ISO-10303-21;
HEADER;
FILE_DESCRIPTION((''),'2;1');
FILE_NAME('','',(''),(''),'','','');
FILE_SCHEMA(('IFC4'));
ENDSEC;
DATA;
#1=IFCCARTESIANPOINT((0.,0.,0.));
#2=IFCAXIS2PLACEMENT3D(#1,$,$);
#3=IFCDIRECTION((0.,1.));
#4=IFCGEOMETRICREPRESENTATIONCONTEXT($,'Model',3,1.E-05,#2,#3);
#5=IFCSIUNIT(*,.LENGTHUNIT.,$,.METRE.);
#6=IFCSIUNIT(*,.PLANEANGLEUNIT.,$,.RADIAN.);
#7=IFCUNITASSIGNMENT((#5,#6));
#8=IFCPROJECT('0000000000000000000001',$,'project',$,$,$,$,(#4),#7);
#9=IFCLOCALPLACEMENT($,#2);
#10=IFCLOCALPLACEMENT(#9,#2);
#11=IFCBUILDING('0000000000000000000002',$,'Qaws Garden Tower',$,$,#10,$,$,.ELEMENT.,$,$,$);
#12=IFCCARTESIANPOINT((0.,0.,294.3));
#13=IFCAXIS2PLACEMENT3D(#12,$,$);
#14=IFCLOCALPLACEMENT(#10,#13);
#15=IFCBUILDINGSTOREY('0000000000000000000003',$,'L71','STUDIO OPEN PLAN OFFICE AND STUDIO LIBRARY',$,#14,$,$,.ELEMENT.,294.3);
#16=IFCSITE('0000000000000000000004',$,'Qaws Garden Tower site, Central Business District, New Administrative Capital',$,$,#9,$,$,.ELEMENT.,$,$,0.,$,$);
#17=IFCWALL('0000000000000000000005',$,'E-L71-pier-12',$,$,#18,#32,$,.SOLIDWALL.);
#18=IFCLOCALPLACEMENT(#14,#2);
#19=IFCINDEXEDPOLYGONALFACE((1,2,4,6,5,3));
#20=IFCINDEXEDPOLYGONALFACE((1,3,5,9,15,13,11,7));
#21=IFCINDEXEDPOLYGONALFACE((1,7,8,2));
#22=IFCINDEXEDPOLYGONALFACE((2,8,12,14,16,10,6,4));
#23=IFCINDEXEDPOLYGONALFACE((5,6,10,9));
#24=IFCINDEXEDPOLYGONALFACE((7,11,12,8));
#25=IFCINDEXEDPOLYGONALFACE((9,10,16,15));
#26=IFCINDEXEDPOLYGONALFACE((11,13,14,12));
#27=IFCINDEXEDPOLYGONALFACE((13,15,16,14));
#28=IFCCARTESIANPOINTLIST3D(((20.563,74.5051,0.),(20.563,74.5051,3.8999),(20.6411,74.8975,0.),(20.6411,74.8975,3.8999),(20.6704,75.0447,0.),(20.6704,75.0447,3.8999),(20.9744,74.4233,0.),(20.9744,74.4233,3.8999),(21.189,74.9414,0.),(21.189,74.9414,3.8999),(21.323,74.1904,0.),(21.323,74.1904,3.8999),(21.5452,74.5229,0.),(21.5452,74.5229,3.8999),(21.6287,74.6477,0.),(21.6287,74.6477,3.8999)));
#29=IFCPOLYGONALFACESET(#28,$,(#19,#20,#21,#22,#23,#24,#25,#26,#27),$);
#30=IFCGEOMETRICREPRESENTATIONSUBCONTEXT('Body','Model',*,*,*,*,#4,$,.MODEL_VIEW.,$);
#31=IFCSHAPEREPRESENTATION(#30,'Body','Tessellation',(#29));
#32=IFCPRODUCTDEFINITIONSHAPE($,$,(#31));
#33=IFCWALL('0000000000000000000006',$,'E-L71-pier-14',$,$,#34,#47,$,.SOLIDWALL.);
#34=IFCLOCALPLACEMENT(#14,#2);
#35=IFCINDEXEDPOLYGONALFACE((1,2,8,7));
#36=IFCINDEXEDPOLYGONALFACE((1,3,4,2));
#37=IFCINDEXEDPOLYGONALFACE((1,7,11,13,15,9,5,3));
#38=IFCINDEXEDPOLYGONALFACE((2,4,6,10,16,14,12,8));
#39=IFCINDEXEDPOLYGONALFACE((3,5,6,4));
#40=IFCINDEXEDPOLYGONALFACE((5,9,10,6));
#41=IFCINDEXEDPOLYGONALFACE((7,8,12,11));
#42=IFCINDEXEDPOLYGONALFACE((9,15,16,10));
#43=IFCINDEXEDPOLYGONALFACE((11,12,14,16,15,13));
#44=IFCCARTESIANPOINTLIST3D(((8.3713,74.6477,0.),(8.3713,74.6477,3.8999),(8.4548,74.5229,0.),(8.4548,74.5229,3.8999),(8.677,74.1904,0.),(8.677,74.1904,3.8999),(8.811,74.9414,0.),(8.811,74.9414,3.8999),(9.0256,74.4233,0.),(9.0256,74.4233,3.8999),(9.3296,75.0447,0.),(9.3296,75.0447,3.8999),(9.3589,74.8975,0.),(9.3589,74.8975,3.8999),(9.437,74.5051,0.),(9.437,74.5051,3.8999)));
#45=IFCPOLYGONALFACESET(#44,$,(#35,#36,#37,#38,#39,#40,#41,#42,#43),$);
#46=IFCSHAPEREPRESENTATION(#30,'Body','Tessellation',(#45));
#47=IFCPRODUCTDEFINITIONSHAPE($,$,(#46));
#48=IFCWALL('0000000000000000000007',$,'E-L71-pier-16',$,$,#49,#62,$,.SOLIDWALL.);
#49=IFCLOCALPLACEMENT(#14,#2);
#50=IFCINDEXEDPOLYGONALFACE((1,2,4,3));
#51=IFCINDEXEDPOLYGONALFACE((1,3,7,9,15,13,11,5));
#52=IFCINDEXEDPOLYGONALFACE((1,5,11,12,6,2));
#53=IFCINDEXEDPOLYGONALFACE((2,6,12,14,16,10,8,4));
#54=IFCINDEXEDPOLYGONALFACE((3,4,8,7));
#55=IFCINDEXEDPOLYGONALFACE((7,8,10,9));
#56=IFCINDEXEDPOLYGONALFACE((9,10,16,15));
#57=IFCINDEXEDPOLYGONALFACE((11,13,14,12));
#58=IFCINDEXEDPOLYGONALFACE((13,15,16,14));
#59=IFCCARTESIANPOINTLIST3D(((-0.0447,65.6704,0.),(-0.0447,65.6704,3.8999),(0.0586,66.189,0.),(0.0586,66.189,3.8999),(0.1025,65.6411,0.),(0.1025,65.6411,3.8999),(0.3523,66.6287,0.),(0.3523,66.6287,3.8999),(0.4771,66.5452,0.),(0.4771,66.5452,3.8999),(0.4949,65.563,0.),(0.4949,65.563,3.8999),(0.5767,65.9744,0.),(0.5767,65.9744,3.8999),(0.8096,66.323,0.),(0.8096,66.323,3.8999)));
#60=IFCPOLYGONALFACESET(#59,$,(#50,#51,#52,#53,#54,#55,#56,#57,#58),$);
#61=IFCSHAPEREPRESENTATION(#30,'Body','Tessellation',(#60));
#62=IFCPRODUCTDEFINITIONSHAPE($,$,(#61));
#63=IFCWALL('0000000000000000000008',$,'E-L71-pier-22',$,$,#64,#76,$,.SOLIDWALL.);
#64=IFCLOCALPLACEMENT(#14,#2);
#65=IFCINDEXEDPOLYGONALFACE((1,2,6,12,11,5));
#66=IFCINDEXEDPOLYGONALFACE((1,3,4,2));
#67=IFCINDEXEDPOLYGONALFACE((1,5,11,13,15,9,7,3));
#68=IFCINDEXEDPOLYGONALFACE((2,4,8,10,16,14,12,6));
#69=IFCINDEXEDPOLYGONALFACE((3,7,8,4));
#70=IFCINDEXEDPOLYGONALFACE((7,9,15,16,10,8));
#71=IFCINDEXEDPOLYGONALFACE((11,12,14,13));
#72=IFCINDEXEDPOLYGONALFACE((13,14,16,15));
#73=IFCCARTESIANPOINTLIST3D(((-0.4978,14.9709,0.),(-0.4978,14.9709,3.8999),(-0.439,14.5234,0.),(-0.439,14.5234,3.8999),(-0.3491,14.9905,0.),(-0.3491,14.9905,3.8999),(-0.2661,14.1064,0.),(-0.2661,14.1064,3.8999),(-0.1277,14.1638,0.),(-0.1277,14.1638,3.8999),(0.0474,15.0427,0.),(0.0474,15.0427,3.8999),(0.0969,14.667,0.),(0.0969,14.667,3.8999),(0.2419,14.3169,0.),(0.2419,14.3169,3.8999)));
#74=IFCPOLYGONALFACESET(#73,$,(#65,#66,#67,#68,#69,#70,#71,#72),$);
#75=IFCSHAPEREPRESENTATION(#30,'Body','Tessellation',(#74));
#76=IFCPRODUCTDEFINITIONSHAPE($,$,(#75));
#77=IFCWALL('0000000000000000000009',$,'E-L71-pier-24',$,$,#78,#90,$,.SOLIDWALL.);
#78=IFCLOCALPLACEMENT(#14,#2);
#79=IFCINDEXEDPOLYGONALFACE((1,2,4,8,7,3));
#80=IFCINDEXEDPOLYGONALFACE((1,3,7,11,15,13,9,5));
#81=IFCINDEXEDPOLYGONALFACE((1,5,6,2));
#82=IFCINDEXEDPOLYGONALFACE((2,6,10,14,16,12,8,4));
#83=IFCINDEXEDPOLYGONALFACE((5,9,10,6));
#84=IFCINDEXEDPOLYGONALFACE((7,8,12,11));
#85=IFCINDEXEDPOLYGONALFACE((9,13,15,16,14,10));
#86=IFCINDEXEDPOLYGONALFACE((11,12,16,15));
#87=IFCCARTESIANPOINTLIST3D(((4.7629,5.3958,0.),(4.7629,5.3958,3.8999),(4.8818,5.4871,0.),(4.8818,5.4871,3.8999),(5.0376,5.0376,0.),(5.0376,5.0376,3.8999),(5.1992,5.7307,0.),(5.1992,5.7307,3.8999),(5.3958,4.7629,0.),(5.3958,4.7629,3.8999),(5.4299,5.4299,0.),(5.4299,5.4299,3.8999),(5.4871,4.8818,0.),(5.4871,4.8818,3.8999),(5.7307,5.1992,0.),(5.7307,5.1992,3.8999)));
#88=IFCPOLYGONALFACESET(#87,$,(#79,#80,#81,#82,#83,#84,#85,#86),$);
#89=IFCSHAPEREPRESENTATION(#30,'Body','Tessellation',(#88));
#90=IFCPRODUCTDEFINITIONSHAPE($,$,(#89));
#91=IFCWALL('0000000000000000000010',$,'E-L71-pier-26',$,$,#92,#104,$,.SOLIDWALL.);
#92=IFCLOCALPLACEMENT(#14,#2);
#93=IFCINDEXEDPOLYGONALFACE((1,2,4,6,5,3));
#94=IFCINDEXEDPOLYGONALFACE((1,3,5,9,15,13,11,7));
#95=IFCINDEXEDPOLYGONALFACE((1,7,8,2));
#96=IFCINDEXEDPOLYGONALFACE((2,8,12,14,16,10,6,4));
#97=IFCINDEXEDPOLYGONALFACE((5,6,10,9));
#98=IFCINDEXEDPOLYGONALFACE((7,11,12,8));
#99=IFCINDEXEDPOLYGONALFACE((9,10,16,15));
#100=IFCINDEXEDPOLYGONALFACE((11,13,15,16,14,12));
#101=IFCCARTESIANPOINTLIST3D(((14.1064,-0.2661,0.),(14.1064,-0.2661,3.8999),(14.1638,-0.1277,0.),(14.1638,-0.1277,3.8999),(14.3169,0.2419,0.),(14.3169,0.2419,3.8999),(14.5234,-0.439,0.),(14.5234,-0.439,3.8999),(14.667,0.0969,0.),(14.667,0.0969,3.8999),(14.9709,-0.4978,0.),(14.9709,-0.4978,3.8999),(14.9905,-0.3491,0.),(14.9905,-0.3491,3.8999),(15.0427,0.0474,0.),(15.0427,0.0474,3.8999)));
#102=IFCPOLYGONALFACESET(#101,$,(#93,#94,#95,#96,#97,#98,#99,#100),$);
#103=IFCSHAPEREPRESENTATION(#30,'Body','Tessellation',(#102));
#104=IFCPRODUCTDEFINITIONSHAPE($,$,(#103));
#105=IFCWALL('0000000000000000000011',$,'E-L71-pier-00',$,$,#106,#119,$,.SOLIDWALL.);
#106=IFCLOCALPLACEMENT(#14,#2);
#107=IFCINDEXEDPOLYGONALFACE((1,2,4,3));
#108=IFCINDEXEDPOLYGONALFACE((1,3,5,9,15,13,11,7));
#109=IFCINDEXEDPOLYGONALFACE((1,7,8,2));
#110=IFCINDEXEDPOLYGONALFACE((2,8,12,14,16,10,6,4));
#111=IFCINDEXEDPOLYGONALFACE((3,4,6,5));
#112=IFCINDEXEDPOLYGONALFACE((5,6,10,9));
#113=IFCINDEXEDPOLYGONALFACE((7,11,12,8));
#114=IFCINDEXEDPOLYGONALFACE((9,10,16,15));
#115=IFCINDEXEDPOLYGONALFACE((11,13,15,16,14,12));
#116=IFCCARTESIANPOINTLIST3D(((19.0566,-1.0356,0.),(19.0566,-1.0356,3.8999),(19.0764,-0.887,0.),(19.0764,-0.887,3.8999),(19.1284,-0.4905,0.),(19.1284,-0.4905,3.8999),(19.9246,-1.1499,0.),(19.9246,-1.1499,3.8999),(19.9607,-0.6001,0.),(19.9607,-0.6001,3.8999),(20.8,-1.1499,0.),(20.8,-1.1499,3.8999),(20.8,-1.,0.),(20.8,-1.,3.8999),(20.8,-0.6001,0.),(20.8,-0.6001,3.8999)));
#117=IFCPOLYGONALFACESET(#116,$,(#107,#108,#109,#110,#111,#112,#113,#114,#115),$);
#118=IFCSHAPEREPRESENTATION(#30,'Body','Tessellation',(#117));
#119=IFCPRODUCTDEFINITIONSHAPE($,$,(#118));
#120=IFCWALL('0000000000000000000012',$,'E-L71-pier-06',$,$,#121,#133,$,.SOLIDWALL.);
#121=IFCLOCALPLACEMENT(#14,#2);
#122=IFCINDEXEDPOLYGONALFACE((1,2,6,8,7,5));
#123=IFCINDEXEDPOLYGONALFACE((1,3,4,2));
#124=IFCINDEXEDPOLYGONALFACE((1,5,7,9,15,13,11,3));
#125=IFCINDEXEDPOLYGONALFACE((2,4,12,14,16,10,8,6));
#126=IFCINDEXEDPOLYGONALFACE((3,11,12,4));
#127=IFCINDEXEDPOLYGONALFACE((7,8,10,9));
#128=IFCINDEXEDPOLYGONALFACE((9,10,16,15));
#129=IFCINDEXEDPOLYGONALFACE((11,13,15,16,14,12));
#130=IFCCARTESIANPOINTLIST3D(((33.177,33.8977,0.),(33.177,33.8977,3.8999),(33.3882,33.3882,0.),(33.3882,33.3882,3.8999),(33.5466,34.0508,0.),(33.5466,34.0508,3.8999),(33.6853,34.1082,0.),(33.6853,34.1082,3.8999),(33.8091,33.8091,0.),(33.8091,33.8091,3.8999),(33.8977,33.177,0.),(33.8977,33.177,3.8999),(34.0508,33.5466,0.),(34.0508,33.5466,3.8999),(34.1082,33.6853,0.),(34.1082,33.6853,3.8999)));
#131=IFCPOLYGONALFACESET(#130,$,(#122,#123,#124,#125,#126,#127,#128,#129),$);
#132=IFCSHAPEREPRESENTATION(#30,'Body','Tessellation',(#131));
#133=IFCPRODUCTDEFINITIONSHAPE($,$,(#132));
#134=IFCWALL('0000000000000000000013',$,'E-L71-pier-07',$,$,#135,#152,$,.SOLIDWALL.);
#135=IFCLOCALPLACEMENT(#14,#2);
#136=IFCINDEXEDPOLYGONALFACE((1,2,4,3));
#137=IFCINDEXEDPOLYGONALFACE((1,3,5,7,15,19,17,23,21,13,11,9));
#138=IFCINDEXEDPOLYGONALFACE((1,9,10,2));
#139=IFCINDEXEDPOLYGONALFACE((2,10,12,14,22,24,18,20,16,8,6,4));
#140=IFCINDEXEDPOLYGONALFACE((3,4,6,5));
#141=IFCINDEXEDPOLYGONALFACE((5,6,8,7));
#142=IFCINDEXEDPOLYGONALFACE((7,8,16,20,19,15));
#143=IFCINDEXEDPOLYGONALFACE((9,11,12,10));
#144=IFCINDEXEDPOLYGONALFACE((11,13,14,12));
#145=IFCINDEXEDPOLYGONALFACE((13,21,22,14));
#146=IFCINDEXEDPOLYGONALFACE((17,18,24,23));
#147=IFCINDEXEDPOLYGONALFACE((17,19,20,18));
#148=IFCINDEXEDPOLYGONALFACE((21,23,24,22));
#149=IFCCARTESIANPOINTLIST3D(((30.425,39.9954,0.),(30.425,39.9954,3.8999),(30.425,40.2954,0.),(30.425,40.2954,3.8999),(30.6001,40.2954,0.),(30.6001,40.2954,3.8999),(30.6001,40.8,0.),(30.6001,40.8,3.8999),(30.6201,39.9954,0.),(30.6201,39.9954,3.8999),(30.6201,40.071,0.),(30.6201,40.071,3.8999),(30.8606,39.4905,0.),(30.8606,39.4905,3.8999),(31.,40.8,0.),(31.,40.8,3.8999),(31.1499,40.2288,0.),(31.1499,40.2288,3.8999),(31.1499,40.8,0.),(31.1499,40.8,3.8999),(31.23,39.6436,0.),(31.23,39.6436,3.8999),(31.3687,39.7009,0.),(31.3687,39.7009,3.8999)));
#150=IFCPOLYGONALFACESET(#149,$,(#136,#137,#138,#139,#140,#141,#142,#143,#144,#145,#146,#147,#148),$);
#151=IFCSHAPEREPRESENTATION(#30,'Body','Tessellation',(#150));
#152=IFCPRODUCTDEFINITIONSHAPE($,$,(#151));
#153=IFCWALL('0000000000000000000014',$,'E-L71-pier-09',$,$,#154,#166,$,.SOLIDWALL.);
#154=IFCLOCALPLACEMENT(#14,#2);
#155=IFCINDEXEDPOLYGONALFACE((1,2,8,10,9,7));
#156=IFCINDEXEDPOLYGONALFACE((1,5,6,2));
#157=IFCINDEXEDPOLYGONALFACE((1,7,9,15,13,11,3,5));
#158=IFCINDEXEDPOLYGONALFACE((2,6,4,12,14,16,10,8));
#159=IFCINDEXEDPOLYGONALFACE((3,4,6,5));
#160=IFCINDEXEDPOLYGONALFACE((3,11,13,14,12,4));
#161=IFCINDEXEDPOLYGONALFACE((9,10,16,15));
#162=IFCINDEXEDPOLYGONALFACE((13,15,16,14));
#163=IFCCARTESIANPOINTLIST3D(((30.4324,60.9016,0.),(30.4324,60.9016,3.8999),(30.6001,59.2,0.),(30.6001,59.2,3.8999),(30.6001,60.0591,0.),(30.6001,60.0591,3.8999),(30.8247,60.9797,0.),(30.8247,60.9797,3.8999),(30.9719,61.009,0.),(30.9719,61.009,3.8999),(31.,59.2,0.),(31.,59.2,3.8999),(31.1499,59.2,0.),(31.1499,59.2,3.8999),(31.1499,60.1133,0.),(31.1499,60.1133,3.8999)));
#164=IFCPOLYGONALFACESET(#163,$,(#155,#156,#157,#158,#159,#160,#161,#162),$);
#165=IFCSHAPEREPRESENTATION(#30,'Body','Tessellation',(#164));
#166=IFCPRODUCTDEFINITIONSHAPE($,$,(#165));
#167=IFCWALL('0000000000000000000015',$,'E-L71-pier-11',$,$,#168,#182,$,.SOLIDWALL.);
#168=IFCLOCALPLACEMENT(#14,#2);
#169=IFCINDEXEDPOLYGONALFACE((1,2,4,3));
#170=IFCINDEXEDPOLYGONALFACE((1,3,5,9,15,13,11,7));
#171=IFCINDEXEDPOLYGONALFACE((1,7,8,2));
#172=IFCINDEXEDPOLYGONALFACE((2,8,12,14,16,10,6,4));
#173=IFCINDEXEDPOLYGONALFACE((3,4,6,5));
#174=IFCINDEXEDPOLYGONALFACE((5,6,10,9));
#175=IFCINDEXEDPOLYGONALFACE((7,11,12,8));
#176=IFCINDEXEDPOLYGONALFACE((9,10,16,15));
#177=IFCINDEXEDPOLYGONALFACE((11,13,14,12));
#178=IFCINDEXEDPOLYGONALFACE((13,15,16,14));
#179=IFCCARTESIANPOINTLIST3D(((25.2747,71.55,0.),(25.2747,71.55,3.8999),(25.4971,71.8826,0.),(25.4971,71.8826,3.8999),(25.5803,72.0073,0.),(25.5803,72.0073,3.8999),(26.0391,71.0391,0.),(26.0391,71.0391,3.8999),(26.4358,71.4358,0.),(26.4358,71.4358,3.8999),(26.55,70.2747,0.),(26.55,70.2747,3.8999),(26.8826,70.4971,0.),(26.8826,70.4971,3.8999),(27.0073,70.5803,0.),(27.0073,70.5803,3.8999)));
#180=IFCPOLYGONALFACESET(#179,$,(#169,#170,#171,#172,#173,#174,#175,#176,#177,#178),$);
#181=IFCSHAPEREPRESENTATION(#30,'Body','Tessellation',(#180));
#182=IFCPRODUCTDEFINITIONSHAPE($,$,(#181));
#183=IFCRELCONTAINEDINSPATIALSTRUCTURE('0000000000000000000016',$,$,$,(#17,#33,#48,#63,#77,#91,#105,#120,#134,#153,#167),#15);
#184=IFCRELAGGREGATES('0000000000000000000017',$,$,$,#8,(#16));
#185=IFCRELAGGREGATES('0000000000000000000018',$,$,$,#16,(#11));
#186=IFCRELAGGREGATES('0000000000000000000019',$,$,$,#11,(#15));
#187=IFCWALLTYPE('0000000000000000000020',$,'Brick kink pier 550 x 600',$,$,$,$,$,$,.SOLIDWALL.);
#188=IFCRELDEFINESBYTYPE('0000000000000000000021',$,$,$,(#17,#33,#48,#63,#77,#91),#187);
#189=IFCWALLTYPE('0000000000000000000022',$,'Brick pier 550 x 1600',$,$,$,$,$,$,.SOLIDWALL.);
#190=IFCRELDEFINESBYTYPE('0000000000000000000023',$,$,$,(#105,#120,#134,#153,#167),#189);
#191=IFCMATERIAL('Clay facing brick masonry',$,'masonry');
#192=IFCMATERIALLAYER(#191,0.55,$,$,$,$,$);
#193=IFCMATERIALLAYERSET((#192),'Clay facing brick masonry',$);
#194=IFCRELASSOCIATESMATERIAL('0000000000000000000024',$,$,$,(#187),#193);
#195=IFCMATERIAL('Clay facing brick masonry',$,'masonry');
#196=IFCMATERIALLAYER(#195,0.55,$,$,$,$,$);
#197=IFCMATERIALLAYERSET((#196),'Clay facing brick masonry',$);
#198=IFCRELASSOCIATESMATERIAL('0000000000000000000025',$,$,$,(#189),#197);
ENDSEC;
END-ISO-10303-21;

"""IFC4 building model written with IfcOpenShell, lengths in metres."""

from ifc_helpers import new_model, si_unit, direction, frame, origin, place, context, subcontext, project, spatial, polyline, outline, extrude, material, layer, layer_set, type_object, element, save


model = new_model("IFC4")

# Units and contexts
model_context = context("Model", 3, precision=1e-05, world=origin(), true_north=direction((0.0, 1.0)))
body_context = subcontext(model_context, "Body", "Model", "MODEL_VIEW")
ifc_project = project(units=[si_unit("LENGTHUNIT", "METRE"), si_unit("PLANEANGLEUNIT", "RADIAN")], contexts=[model_context])

# Site, building, storey
site_placement = place(None, origin())
site = spatial("IfcSite", under=ifc_project, at=site_placement, Name="Qaws Garden Tower site, Central Business District, New Administrative Capital", CompositionType="ELEMENT", RefElevation=0.0)
building_placement = place(site_placement, origin())
building = spatial("IfcBuilding", under=site, at=building_placement, Name="Qaws Garden Tower", CompositionType="ELEMENT")
storey_placement = place(building_placement, frame((0.0, 0.0, 294.3)))
storey = spatial("IfcBuildingStorey", under=building, at=storey_placement, Name="L71", Description="STUDIO OPEN PLAN OFFICE AND STUDIO LIBRARY", CompositionType="ELEMENT", Elevation=294.3)

# Walls
placement = place(storey_placement, origin())
ifc_material_1 = material(Name="Clay facing brick masonry", Category="masonry")
ifc_layer_1 = layer(ifc_material_1, 0.55)
ifc_layer_set_1 = layer_set([ifc_layer_1], Name="Clay facing brick masonry")
wall_type_1 = type_object("IfcWallType", Name="Brick kink pier 550 x 600", PredefinedType="SOLIDWALL", material=ifc_layer_set_1)
element("IfcWall", 1, at=placement, inside=storey, type_object=wall_type_1, Name="E-L71-pier-12", PredefinedType="SOLIDWALL", context=body_context, shape_type="SweptSolid", body=[
    extrude(outline(polyline([(21.5452, 74.5229), (21.6287, 74.6477), (21.189, 74.9414), (20.6704, 75.0447), (20.6411, 74.8975), (20.563, 74.5051), (20.9744, 74.4233), (21.323, 74.1904), (21.5452, 74.5229)])), origin(), (0.0, 0.0, 1.0), 3.8999),
])
element("IfcWall", 2, at=placement, inside=storey, type_object=wall_type_1, Name="E-L71-pier-14", PredefinedType="SOLIDWALL", context=body_context, shape_type="SweptSolid", body=[
    extrude(outline(polyline([(9.3589, 74.8975), (9.3296, 75.0447), (8.811, 74.9414), (8.3713, 74.6477), (8.4548, 74.5229), (8.677, 74.1904), (9.0256, 74.4233), (9.437, 74.5051), (9.3589, 74.8975)])), origin(), (0.0, 0.0, 1.0), 3.8999),
])
element("IfcWall", 3, at=placement, inside=storey, type_object=wall_type_1, Name="E-L71-pier-16", PredefinedType="SOLIDWALL", context=body_context, shape_type="SweptSolid", body=[
    extrude(outline(polyline([(0.4771, 66.5452), (0.3523, 66.6287), (0.0586, 66.189), (-0.0447, 65.6704), (0.1025, 65.6411), (0.4949, 65.563), (0.5767, 65.9744), (0.8096, 66.323), (0.4771, 66.5452)])), origin(), (0.0, 0.0, 1.0), 3.8999),
])
element("IfcWall", 4, at=placement, inside=storey, type_object=wall_type_1, Name="E-L71-pier-22", PredefinedType="SOLIDWALL", context=body_context, shape_type="SweptSolid", body=[
    extrude(outline(polyline([(-0.3491, 14.9905), (-0.4978, 14.9709), (-0.439, 14.5234), (-0.2661, 14.1064), (-0.1277, 14.1638), (0.2419, 14.3169), (0.0969, 14.667), (0.0474, 15.0427), (-0.3491, 14.9905)])), origin(), (0.0, 0.0, 1.0), 3.8999),
])
element("IfcWall", 5, at=placement, inside=storey, type_object=wall_type_1, Name="E-L71-pier-24", PredefinedType="SOLIDWALL", context=body_context, shape_type="SweptSolid", body=[
    extrude(outline(polyline([(4.8818, 5.4871), (4.7629, 5.3958), (5.0376, 5.0376), (5.3958, 4.7629), (5.4871, 4.8818), (5.7307, 5.1992), (5.4299, 5.4299), (5.1992, 5.7307), (4.8818, 5.4871)])), origin(), (0.0, 0.0, 1.0), 3.8999),
])
element("IfcWall", 6, at=placement, inside=storey, type_object=wall_type_1, Name="E-L71-pier-26", PredefinedType="SOLIDWALL", context=body_context, shape_type="SweptSolid", body=[
    extrude(outline(polyline([(14.1638, -0.1277), (14.1064, -0.2661), (14.5234, -0.439), (14.9709, -0.4978), (14.9905, -0.3491), (15.0427, 0.0474), (14.667, 0.0969), (14.3169, 0.2419), (14.1638, -0.1277)])), origin(), (0.0, 0.0, 1.0), 3.8999),
])
ifc_material_2 = material(Name="Clay facing brick masonry", Category="masonry")
ifc_layer_2 = layer(ifc_material_2, 0.55)
ifc_layer_set_2 = layer_set([ifc_layer_2], Name="Clay facing brick masonry")
wall_type_2 = type_object("IfcWallType", Name="Brick pier 550 x 1600", PredefinedType="SOLIDWALL", material=ifc_layer_set_2)
element("IfcWall", 7, at=placement, inside=storey, type_object=wall_type_2, Name="E-L71-pier-00", PredefinedType="SOLIDWALL", context=body_context, shape_type="SweptSolid", body=[
    extrude(outline(polyline([(19.0764, -0.887), (19.0566, -1.0356), (19.9246, -1.1499), (20.8, -1.1499), (20.8, -1.0), (20.8, -0.6001), (19.9607, -0.6001), (19.1284, -0.4905), (19.0764, -0.887)])), origin(), (0.0, 0.0, 1.0), 3.8999),
])
element("IfcWall", 8, at=placement, inside=storey, type_object=wall_type_2, Name="E-L71-pier-06", PredefinedType="SOLIDWALL", context=body_context, shape_type="SweptSolid", body=[
    extrude(outline(polyline([(34.0508, 33.5466), (34.1082, 33.6853), (33.8091, 33.8091), (33.6853, 34.1082), (33.5466, 34.0508), (33.177, 33.8977), (33.3882, 33.3882), (33.8977, 33.177), (34.0508, 33.5466)])), origin(), (0.0, 0.0, 1.0), 3.8999),
])
element("IfcWall", 9, at=placement, inside=storey, type_object=wall_type_2, Name="E-L71-pier-07", PredefinedType="SOLIDWALL", context=body_context, shape_type="SweptSolid", body=[
    extrude(outline(polyline([(30.6201, 39.9954), (30.6201, 40.071), (30.8606, 39.4905), (31.23, 39.6436), (31.3687, 39.7009), (31.1499, 40.2288), (31.1499, 40.8), (31.0, 40.8), (30.6001, 40.8), (30.6001, 40.2954), (30.425, 40.2954), (30.425, 39.9954), (30.6201, 39.9954)])), origin(), (0.0, 0.0, 1.0), 3.8999),
])
element("IfcWall", 10, at=placement, inside=storey, type_object=wall_type_2, Name="E-L71-pier-09", PredefinedType="SOLIDWALL", context=body_context, shape_type="SweptSolid", body=[
    extrude(outline(polyline([(31.0, 59.2), (31.1499, 59.2), (31.1499, 60.1133), (30.9719, 61.009), (30.8247, 60.9797), (30.4324, 60.9016), (30.6001, 60.0591), (30.6001, 59.2), (31.0, 59.2)])), origin(), (0.0, 0.0, 1.0), 3.8999),
])
element("IfcWall", 11, at=placement, inside=storey, type_object=wall_type_2, Name="E-L71-pier-11", PredefinedType="SOLIDWALL", context=body_context, shape_type="SweptSolid", body=[
    extrude(outline(polyline([(26.8826, 70.4971), (27.0073, 70.5803), (26.4358, 71.4358), (25.5803, 72.0073), (25.4971, 71.8826), (25.2747, 71.55), (26.0391, 71.0391), (26.55, 70.2747), (26.8826, 70.4971)])), origin(), (0.0, 0.0, 1.0), 3.8999),
])

save(model, "model.ifc")
